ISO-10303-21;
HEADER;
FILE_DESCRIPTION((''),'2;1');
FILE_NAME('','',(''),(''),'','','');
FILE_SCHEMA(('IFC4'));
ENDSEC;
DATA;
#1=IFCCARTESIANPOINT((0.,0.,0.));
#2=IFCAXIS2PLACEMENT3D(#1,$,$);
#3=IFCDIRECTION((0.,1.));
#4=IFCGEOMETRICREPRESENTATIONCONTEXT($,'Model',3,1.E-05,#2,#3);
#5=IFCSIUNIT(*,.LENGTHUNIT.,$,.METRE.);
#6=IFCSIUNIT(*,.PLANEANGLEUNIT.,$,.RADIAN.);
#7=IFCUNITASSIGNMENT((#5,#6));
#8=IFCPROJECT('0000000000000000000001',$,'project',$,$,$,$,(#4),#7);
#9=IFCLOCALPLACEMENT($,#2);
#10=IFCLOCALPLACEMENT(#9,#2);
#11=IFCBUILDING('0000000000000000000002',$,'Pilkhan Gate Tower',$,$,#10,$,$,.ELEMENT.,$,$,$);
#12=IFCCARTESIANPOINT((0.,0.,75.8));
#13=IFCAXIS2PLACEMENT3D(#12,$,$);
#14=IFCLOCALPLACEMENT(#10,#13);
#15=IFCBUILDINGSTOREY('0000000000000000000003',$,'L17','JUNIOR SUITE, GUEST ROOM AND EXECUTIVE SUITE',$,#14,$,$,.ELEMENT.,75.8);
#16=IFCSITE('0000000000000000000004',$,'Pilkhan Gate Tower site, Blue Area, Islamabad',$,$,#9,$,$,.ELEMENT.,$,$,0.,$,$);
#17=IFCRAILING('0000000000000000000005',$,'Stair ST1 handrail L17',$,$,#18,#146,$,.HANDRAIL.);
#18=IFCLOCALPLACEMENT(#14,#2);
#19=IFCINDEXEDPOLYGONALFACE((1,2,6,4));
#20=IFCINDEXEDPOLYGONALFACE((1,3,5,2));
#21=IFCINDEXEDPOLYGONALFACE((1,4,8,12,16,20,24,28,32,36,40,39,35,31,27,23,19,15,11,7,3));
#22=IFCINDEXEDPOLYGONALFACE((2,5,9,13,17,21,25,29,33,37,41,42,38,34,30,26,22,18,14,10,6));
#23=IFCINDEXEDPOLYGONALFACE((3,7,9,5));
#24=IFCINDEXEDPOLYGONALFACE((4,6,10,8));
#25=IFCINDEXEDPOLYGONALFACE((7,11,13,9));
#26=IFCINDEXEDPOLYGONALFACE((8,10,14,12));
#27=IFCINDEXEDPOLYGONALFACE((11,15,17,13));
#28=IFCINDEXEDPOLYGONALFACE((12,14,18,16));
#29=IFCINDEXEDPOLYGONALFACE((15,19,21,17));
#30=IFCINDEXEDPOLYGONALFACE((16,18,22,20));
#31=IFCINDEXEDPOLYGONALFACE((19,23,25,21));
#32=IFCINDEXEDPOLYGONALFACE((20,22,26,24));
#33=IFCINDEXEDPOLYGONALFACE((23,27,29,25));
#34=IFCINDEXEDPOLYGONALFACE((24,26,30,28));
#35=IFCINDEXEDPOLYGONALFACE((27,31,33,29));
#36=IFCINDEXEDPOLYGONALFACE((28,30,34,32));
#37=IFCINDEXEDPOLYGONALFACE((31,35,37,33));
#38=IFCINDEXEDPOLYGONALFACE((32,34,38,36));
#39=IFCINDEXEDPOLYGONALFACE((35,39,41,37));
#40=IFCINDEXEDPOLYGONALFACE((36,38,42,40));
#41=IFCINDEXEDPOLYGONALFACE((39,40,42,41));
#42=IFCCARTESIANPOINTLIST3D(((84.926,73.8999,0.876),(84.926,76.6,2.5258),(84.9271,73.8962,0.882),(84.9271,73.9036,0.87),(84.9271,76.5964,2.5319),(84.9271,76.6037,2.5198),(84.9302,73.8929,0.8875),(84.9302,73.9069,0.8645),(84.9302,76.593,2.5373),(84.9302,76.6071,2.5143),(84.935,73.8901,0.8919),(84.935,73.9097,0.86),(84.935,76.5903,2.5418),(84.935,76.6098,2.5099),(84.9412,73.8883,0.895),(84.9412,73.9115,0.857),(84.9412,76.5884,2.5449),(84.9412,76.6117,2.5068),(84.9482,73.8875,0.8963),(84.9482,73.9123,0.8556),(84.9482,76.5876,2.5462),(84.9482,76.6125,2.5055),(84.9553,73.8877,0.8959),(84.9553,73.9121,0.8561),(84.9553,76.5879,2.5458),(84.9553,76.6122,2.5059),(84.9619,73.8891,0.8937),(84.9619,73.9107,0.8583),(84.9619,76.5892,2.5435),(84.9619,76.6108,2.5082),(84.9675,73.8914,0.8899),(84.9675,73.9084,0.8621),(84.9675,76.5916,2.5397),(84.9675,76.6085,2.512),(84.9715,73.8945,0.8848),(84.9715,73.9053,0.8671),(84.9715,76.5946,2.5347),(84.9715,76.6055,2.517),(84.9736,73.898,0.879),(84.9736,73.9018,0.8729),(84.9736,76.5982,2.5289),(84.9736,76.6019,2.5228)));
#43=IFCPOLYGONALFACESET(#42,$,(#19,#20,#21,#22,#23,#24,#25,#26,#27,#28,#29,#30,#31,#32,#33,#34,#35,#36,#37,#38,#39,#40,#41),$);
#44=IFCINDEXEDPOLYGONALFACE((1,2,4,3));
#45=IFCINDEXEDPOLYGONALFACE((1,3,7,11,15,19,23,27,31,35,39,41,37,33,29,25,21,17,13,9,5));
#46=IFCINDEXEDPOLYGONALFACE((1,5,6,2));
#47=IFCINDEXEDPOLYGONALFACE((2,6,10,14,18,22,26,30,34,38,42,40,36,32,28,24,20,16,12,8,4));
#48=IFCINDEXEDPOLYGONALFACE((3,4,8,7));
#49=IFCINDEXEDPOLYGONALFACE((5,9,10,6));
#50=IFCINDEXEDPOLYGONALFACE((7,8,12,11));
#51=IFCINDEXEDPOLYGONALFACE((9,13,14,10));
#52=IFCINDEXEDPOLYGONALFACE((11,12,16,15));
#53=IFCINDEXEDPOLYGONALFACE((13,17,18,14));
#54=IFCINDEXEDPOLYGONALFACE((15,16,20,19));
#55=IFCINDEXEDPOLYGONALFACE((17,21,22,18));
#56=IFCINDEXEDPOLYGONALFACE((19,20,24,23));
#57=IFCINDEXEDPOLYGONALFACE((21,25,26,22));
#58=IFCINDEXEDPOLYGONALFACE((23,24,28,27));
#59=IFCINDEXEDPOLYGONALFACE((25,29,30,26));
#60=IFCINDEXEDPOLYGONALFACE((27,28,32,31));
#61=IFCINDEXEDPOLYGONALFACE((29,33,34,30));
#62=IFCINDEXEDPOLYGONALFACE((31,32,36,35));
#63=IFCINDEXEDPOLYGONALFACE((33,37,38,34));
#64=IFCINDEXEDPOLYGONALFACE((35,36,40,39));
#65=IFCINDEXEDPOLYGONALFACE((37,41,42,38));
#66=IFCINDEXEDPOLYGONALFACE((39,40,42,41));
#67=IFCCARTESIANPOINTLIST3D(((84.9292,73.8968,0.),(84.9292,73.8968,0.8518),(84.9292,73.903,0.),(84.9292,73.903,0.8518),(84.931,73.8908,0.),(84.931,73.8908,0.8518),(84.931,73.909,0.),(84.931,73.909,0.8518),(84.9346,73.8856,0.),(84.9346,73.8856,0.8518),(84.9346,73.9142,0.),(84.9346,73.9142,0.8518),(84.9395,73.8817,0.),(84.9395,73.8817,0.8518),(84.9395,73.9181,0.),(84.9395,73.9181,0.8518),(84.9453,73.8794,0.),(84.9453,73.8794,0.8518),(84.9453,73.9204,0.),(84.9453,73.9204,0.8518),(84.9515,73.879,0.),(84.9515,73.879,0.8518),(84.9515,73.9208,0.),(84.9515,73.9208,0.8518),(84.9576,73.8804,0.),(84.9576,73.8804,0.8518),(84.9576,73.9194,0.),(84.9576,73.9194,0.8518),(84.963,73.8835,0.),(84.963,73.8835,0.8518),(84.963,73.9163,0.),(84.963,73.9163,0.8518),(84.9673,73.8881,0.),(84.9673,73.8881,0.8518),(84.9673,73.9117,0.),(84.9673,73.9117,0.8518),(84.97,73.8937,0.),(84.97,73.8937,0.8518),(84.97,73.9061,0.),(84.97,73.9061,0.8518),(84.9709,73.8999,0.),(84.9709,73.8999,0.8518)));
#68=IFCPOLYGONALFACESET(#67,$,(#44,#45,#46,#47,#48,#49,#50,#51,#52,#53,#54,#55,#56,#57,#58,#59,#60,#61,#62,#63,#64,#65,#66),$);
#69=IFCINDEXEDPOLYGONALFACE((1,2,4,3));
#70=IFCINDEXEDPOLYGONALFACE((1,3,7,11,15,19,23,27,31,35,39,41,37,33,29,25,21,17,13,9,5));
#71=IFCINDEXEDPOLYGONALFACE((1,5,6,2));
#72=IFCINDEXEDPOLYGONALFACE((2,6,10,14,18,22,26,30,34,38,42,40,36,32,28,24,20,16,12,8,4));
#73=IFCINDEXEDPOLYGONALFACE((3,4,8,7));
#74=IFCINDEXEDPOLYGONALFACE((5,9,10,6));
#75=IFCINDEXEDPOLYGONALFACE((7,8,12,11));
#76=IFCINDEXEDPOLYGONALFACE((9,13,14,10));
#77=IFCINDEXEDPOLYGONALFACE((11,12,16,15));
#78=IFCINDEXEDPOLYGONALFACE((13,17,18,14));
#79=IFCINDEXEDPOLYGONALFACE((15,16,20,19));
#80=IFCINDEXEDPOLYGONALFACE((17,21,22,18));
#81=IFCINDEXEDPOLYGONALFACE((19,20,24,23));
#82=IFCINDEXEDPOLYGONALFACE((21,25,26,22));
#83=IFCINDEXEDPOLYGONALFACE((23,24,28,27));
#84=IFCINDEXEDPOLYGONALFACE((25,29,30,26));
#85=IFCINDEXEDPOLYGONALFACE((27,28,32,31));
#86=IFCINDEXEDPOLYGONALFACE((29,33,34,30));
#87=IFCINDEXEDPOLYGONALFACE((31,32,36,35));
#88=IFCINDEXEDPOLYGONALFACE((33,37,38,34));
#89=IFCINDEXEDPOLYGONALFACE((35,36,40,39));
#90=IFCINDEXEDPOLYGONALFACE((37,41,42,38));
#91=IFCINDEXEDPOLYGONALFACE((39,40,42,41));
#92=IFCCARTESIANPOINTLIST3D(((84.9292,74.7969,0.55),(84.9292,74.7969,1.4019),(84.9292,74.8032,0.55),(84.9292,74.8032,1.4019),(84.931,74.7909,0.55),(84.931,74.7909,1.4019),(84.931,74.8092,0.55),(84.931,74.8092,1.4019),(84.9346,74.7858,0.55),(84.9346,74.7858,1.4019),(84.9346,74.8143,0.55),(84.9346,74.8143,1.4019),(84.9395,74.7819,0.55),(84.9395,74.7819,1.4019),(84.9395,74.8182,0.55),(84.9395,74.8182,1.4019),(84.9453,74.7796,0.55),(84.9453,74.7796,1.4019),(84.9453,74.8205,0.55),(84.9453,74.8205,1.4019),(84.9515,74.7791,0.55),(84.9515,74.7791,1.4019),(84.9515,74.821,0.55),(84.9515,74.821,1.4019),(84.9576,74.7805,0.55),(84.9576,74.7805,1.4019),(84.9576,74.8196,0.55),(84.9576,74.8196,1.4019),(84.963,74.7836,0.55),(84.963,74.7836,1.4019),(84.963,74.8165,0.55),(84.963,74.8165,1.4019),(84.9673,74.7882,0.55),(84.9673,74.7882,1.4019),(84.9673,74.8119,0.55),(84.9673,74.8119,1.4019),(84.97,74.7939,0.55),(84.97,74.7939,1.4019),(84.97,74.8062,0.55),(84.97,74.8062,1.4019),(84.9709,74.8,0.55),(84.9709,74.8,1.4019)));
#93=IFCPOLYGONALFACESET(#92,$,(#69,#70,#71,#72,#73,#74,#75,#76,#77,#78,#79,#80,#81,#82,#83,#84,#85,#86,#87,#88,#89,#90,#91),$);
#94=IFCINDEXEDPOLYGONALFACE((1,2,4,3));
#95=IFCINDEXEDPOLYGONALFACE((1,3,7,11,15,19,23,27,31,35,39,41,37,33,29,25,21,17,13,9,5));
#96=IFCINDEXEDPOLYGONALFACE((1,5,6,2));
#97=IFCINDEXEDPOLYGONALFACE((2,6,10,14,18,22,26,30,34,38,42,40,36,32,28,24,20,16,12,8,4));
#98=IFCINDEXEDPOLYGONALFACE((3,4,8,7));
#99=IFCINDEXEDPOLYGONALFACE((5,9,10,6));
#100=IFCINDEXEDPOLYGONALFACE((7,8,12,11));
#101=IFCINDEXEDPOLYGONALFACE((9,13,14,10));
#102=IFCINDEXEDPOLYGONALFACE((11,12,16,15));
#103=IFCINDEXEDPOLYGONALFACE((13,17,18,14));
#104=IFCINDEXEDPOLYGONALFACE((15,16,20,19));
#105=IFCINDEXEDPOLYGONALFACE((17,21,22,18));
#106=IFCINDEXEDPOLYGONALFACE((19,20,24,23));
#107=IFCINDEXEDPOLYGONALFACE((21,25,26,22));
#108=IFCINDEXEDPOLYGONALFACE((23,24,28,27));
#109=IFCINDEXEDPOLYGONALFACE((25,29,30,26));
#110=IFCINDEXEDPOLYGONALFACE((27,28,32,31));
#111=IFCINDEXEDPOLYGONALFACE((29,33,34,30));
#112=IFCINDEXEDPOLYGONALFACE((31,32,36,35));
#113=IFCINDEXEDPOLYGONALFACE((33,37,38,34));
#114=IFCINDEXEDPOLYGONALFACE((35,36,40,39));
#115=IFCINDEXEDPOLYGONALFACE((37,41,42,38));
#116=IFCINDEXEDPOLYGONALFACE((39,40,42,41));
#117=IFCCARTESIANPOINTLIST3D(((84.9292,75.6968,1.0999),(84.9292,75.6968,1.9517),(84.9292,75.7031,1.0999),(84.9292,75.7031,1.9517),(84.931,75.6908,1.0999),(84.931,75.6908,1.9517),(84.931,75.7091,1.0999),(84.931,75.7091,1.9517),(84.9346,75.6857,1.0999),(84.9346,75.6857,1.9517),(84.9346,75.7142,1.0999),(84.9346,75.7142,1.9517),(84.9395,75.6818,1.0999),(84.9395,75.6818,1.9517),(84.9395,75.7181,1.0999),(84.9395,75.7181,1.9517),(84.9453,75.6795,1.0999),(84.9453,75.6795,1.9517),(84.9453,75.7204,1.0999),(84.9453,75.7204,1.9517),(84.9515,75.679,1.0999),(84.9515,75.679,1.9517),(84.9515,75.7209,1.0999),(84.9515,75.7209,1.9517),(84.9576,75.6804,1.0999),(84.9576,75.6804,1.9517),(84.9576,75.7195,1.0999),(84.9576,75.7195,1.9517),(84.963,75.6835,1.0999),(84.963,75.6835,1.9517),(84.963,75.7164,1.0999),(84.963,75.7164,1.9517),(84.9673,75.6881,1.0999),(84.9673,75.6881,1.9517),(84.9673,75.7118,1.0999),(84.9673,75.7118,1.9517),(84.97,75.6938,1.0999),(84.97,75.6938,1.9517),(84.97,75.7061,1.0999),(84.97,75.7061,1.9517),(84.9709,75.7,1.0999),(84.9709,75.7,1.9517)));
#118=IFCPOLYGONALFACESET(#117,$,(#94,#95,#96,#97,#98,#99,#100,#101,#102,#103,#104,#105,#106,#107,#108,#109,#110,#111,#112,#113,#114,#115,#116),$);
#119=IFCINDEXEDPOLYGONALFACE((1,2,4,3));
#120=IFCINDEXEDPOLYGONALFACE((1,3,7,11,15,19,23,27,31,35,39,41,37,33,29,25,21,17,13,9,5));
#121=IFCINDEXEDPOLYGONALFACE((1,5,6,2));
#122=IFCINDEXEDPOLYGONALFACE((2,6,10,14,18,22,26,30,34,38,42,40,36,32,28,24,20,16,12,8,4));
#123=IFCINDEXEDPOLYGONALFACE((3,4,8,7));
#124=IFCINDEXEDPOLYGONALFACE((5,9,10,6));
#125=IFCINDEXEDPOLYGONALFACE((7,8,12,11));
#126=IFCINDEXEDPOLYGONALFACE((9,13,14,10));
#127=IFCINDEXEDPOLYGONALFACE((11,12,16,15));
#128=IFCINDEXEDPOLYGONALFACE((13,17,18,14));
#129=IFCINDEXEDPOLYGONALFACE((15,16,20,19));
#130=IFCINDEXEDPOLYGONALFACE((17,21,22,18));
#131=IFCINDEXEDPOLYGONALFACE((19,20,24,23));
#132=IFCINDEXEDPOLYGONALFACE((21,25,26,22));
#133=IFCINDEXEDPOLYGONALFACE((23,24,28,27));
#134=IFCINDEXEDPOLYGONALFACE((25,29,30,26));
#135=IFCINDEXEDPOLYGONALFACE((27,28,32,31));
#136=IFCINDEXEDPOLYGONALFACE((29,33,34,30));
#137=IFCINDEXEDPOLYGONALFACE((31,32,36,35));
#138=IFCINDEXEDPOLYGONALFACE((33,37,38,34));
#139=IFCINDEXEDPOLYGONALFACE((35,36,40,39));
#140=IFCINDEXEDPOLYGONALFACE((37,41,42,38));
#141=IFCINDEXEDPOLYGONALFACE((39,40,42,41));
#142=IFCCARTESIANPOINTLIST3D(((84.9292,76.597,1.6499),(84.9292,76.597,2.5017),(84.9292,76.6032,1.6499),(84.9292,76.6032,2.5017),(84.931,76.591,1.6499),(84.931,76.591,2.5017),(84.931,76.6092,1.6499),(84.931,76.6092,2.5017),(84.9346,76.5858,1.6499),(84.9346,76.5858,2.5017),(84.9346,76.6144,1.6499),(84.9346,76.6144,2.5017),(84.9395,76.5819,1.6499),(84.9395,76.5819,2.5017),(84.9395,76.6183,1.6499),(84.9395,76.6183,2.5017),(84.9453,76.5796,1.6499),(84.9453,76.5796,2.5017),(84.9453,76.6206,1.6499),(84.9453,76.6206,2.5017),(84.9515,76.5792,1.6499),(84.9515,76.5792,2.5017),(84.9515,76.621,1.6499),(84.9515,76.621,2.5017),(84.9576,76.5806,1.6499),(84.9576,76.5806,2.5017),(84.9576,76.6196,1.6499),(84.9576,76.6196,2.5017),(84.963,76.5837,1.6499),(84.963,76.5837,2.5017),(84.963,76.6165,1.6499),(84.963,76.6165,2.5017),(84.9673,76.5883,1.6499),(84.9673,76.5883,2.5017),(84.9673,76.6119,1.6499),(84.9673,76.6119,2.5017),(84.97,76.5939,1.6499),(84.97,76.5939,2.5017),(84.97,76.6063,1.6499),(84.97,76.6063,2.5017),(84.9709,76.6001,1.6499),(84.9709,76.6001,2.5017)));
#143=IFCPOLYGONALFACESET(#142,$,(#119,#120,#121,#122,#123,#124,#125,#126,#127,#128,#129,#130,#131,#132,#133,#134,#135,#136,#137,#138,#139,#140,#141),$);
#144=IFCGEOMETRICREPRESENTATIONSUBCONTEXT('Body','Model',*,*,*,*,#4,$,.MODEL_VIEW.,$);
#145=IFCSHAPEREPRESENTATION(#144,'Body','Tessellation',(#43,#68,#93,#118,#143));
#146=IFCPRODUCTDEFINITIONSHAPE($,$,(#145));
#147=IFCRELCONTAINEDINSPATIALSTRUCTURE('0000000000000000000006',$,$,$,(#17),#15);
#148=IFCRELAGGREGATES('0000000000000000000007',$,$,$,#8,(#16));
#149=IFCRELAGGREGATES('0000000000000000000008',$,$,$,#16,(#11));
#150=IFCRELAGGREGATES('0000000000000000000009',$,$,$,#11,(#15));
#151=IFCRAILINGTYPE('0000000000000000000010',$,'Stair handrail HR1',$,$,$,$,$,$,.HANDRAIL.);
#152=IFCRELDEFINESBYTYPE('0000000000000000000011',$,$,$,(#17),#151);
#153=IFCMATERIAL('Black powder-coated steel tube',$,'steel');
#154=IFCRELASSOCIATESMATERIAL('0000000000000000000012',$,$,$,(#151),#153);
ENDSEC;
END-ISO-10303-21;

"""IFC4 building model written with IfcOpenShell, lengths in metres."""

from ifc_helpers import new_model, si_unit, direction, frame, origin, origin_2d, place, context, subcontext, project, spatial, circle, extrude, material, type_object, element, save


model = new_model("IFC4")

# Units and contexts
model_context = context("Model", 3, precision=1e-05, world=origin(), true_north=direction((0.0, 1.0)))
body_context = subcontext(model_context, "Body", "Model", "MODEL_VIEW")
ifc_project = project(units=[si_unit("LENGTHUNIT", "METRE"), si_unit("PLANEANGLEUNIT", "RADIAN")], contexts=[model_context])

# Site, building, storey
site_placement = place(None, origin())
site = spatial("IfcSite", under=ifc_project, at=site_placement, Name="Pilkhan Gate Tower site, Blue Area, Islamabad", CompositionType="ELEMENT", RefElevation=0.0)
building_placement = place(site_placement, origin())
building = spatial("IfcBuilding", under=site, at=building_placement, Name="Pilkhan Gate Tower", CompositionType="ELEMENT")
storey_placement = place(building_placement, frame((0.0, 0.0, 75.8)))
storey = spatial("IfcBuildingStorey", under=building, at=storey_placement, Name="L17", Description="JUNIOR SUITE, GUEST ROOM AND EXECUTIVE SUITE", CompositionType="ELEMENT", Elevation=75.8)

# Railing
ifc_material_1 = material(Name="Black powder-coated steel tube", Category="steel")
railing_type_1 = type_object("IfcRailingType", Name="Stair handrail HR1", PredefinedType="HANDRAIL", material=ifc_material_1)
railing_1_placement = place(storey_placement, frame((84.95, 73.8999, 0.0)))
element("IfcRailing", 1, at=railing_1_placement, inside=storey, type_object=railing_type_1, Name="Stair ST1 handrail L17", PredefinedType="HANDRAIL", context=body_context, shape_type="SweptSolid", body=[
    extrude(circle(Radius=0.0239, at=origin_2d()), frame((0.0, 0.0, 0.876), z_axis=(0.0, 0.853312, 0.5214), x_axis=(-1.0, 0.0, 0.0)), (0.0, 0.0, 1.0), 3.1643),
    extrude(circle(Radius=0.021, at=origin_2d()), origin(), (0.0, 0.0, 1.0), 0.8518),
    extrude(circle(Radius=0.021, at=origin_2d()), frame((0.0, 0.9001, 0.55)), (0.0, 0.0, 1.0), 0.8518),
    extrude(circle(Radius=0.021, at=origin_2d()), frame((0.0, 1.8, 1.0999)), (0.0, 0.0, 1.0), 0.8518),
    extrude(circle(Radius=0.021, at=origin_2d()), frame((0.0, 2.7002, 1.6499)), (0.0, 0.0, 1.0), 0.8518),
])

save(model, "model.ifc")
